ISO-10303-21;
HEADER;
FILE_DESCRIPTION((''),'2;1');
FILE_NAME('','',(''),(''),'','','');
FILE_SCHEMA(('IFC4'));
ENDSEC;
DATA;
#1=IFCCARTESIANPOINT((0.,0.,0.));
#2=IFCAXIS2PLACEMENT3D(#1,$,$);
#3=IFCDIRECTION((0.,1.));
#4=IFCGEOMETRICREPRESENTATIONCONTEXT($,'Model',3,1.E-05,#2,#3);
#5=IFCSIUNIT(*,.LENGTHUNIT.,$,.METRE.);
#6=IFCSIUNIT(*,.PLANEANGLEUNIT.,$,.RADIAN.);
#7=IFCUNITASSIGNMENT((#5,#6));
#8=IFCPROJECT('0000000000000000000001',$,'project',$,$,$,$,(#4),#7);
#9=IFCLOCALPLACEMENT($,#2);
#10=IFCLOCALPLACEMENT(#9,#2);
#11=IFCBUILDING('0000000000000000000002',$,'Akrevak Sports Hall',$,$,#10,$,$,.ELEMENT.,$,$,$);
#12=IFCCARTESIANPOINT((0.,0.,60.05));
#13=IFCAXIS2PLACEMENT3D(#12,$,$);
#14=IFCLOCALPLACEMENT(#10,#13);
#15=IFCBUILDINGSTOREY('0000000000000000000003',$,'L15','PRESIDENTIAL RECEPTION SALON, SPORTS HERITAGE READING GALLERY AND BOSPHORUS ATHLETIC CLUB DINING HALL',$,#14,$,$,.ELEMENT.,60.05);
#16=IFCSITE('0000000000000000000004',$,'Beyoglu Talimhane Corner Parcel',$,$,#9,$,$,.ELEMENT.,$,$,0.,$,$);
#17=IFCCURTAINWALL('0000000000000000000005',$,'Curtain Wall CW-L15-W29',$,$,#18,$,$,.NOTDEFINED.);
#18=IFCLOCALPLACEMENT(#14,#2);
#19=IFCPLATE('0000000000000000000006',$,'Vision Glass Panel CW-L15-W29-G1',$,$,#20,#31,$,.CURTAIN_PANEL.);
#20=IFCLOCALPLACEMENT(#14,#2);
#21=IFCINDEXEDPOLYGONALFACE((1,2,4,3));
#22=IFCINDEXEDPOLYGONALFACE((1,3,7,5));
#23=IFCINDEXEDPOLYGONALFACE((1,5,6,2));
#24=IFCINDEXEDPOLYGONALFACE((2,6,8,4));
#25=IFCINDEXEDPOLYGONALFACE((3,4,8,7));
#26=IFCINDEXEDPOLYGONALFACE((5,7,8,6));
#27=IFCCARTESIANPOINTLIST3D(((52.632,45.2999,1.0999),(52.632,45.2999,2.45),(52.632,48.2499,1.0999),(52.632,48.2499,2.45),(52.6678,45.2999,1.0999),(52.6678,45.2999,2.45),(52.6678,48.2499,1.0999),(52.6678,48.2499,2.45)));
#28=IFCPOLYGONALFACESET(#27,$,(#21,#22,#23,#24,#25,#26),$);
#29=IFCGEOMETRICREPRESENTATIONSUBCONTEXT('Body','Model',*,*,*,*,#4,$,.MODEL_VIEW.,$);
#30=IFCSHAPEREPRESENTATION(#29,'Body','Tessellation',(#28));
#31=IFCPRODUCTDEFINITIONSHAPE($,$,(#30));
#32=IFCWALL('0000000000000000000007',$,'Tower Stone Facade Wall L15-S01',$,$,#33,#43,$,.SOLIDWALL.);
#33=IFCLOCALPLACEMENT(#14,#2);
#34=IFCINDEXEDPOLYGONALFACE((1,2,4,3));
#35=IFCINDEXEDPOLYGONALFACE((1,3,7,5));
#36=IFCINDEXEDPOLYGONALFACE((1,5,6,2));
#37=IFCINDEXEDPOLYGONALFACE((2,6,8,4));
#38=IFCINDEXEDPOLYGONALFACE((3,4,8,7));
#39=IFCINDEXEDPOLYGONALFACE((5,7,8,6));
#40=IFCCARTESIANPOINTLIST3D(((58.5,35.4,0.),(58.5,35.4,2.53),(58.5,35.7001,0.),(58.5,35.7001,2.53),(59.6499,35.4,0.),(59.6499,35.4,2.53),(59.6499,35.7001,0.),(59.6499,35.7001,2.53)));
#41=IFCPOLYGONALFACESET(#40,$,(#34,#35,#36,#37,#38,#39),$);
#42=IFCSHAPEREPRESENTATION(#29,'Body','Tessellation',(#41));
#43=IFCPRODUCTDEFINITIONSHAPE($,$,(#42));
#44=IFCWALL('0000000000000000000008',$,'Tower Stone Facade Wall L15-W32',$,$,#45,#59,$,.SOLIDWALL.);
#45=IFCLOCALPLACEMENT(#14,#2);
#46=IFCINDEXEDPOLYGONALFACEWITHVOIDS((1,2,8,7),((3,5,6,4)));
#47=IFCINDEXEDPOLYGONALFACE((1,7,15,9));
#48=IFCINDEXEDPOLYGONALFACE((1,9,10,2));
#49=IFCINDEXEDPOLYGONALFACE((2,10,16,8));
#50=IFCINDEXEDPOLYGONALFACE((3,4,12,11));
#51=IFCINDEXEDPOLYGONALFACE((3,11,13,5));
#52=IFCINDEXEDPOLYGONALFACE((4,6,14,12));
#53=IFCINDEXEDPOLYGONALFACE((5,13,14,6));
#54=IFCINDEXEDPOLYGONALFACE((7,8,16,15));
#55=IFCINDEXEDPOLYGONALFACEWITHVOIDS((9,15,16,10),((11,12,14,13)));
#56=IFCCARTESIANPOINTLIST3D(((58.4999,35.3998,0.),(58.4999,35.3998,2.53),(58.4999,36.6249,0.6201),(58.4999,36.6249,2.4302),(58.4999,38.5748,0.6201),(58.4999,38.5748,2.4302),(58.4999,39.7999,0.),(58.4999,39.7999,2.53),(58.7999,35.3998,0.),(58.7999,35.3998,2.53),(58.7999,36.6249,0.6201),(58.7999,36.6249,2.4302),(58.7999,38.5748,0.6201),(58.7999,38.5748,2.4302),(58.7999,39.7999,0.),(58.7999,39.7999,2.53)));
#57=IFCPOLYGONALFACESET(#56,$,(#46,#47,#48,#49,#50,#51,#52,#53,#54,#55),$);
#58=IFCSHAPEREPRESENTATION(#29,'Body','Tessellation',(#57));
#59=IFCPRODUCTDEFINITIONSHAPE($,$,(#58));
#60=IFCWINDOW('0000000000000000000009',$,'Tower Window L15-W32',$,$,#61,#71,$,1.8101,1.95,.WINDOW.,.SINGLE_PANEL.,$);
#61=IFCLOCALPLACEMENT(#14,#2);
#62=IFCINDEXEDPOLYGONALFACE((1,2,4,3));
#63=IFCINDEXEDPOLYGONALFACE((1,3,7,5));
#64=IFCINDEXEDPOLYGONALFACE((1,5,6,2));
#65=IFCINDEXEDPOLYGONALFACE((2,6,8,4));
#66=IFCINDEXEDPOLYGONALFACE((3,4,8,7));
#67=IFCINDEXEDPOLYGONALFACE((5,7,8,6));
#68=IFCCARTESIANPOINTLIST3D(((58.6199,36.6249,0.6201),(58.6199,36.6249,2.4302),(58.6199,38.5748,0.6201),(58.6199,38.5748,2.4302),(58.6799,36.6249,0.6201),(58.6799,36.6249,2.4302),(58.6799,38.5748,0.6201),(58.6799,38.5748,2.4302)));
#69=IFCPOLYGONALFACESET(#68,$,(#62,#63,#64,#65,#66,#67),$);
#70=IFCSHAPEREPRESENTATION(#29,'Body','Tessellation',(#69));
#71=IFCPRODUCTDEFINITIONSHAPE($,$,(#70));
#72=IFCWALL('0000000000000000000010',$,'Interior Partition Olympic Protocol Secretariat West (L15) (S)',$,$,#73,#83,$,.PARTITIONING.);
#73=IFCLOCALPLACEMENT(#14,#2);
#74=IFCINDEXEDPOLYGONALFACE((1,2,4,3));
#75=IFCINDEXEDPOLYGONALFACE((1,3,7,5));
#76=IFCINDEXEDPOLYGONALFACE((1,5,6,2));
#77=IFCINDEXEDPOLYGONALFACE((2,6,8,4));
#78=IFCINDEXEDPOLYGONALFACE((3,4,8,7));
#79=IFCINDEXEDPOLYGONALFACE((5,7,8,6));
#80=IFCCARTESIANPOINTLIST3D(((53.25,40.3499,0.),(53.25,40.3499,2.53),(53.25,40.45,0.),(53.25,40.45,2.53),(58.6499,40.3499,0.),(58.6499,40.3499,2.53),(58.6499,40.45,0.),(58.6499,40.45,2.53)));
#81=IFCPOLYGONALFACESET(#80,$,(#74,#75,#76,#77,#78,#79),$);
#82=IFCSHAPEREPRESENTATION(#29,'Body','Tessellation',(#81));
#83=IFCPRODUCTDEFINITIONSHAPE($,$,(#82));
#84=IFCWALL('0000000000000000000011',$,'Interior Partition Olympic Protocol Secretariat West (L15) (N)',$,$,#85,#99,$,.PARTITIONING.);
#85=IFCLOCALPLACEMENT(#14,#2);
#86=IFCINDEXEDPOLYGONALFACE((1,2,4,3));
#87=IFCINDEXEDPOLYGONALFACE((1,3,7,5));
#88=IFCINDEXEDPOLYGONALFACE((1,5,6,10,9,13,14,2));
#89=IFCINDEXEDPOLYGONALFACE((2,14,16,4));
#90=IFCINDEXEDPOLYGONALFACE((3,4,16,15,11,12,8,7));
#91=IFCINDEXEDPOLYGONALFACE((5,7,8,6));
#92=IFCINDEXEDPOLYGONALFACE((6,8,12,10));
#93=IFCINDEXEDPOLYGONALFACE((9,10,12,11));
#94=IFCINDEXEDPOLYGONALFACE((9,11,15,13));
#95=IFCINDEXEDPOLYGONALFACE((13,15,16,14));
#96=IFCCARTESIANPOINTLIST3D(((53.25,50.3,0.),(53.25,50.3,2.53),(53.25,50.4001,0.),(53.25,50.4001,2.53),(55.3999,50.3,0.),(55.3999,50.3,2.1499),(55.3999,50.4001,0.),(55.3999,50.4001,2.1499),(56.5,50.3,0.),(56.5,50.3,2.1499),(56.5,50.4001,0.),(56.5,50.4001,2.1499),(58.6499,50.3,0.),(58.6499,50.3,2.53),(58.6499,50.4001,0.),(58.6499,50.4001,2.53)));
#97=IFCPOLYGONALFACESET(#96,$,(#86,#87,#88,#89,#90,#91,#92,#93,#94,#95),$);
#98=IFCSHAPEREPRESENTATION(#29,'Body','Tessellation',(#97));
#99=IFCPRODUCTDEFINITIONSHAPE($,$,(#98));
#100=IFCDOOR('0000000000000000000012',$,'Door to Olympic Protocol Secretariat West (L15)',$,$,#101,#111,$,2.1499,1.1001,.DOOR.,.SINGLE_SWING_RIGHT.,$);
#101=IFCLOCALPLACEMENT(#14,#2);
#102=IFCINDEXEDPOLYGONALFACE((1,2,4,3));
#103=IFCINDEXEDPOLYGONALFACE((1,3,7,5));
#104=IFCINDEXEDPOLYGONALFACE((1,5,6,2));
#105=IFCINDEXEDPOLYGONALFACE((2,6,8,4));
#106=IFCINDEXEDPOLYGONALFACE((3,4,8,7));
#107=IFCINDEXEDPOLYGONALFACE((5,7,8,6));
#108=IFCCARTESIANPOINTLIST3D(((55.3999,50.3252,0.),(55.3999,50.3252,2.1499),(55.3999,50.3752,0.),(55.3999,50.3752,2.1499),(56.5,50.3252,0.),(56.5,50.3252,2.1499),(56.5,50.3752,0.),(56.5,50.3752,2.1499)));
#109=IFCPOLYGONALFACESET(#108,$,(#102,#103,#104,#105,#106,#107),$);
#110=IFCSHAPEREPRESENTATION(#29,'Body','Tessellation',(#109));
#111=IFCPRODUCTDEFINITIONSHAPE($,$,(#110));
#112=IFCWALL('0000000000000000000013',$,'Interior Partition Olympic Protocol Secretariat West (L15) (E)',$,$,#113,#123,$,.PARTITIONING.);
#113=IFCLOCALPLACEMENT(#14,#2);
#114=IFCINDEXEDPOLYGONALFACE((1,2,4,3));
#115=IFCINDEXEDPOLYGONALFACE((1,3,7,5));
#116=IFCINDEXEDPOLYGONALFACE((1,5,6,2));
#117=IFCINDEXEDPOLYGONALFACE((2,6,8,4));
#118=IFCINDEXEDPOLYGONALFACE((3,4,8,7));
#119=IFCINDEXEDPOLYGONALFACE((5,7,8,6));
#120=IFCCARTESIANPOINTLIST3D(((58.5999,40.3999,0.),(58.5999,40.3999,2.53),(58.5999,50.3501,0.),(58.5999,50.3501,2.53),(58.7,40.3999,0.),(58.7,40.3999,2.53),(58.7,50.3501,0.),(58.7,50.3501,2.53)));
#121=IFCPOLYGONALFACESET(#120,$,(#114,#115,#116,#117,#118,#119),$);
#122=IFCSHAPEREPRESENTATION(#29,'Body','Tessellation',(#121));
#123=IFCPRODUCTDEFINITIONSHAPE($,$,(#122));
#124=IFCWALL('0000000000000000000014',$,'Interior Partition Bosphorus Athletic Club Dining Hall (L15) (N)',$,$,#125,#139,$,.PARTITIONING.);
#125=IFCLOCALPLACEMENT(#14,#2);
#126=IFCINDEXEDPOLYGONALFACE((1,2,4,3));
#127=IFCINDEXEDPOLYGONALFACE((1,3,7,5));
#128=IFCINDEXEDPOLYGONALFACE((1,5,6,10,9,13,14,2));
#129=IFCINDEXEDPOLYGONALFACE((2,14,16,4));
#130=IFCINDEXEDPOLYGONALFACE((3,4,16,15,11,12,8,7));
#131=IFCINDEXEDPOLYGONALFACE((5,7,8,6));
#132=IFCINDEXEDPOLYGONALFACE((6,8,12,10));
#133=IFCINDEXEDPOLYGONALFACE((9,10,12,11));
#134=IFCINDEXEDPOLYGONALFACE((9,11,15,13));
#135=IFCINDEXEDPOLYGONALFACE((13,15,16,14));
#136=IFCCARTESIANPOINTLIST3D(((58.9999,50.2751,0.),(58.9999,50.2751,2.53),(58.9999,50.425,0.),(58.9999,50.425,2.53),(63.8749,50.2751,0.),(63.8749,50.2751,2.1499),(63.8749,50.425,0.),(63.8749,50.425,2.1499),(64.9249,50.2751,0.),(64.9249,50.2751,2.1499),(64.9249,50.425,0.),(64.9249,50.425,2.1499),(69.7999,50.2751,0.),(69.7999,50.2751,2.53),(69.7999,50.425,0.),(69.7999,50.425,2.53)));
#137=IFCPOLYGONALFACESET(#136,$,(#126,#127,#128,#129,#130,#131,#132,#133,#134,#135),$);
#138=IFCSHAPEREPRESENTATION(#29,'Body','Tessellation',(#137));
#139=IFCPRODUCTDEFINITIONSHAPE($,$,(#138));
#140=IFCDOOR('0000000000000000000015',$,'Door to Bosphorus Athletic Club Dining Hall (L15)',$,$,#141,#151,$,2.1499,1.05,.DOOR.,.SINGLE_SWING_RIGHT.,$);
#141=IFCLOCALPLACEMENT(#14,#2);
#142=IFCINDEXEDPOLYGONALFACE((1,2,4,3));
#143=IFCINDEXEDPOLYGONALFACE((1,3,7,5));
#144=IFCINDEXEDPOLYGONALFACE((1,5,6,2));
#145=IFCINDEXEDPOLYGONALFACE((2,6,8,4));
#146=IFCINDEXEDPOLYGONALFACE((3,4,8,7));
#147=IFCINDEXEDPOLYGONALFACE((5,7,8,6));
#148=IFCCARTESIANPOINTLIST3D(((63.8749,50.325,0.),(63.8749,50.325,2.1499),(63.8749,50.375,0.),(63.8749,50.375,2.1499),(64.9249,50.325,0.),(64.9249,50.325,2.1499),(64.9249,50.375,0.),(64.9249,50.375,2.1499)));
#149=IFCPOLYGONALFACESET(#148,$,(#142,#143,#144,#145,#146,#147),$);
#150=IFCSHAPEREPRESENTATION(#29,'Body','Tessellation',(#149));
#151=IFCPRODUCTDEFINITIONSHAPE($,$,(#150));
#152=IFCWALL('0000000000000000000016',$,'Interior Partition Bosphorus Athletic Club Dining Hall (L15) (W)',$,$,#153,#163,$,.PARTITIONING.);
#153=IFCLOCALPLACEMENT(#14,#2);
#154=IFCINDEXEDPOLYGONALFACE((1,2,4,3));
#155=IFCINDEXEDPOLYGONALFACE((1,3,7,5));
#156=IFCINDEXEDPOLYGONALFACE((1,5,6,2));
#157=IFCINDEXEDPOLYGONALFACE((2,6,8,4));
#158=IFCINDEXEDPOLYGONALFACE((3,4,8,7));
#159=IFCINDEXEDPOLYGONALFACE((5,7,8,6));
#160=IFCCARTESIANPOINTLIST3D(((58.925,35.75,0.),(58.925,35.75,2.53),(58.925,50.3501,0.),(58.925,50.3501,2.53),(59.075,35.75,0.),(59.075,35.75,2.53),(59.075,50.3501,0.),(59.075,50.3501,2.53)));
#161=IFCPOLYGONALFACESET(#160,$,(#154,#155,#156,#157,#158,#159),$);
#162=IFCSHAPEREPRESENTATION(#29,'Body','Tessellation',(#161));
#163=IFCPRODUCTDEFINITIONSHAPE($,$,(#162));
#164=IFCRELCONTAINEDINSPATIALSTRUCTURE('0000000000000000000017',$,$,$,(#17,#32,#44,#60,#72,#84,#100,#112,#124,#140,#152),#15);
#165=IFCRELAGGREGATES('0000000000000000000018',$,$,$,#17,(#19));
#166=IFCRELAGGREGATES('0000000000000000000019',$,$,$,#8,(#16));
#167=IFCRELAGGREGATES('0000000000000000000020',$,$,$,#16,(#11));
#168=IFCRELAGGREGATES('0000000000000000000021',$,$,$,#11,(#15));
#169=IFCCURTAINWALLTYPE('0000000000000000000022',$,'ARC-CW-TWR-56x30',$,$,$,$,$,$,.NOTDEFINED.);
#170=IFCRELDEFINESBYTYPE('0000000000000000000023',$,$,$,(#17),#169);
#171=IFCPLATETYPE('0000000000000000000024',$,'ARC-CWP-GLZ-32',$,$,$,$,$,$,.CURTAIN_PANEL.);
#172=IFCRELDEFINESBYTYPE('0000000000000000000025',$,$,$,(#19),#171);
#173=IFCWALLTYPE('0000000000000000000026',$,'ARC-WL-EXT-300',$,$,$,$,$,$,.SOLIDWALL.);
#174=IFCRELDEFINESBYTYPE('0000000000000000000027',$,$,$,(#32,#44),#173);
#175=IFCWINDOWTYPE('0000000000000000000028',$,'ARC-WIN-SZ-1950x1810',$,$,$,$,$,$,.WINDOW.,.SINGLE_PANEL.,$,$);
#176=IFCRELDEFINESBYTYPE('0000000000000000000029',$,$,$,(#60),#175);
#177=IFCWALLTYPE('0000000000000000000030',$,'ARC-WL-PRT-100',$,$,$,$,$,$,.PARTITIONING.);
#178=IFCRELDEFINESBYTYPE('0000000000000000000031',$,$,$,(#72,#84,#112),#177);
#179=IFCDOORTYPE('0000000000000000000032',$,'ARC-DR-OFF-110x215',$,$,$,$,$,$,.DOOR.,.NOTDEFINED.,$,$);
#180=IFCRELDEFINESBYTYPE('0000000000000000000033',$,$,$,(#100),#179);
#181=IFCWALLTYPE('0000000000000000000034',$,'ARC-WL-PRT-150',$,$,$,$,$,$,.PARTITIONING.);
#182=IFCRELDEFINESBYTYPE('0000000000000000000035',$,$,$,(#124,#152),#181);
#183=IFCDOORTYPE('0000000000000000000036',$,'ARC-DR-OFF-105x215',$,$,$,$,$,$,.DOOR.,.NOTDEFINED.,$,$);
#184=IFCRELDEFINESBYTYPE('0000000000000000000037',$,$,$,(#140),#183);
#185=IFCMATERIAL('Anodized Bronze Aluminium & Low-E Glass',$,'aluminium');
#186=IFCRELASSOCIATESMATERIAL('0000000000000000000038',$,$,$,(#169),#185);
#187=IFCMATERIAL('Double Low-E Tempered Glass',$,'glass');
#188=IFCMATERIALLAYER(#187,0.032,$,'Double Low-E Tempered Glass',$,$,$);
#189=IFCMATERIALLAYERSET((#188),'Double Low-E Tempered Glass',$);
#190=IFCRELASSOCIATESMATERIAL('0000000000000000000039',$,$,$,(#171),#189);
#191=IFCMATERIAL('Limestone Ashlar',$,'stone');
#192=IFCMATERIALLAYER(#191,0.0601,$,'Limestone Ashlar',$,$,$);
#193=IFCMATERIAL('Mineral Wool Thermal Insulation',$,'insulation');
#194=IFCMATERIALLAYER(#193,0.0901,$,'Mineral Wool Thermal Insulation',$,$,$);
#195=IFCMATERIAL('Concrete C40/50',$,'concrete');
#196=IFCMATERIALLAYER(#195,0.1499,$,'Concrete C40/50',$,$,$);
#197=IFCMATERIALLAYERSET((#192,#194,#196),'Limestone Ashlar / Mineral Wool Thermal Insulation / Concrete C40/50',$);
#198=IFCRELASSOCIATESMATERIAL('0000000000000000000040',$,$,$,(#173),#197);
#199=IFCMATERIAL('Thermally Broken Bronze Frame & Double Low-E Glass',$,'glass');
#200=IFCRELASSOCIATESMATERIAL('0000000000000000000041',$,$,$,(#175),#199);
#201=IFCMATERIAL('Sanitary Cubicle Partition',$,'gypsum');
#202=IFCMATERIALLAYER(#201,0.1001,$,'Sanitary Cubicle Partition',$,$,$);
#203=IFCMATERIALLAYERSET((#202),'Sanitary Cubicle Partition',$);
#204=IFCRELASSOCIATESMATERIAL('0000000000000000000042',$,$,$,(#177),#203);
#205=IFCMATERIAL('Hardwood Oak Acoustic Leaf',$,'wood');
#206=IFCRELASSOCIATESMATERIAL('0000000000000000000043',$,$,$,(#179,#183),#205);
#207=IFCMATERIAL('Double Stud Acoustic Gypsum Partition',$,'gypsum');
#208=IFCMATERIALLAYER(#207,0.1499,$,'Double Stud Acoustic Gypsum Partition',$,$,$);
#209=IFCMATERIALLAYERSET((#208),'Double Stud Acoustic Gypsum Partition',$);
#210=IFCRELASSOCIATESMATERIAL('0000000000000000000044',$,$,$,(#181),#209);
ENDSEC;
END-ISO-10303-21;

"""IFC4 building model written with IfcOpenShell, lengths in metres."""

from ifc_helpers import new_model, si_unit, direction, frame, frame_2d, origin, origin_2d, place, context, subcontext, project, spatial, rectangle, extrude, material, layer, layer_set, type_object, element, fill, aggregate, save


model = new_model("IFC4")

# Units and contexts
model_context = context("Model", 3, precision=1e-05, world=origin(), true_north=direction((0.0, 1.0)))
body_context = subcontext(model_context, "Body", "Model", "MODEL_VIEW")
ifc_project = project(units=[si_unit("LENGTHUNIT", "METRE"), si_unit("PLANEANGLEUNIT", "RADIAN")], contexts=[model_context])

# Site, building, storey
site_placement = place(None, origin())
site = spatial("IfcSite", under=ifc_project, at=site_placement, Name="Beyoglu Talimhane Corner Parcel", CompositionType="ELEMENT", RefElevation=0.0)
building_placement = place(site_placement, origin())
building = spatial("IfcBuilding", under=site, at=building_placement, Name="Akrevak Sports Hall", CompositionType="ELEMENT")
storey_placement = place(building_placement, frame((0.0, 0.0, 60.05)))
storey = spatial("IfcBuildingStorey", under=building, at=storey_placement, Name="L15", Description="PRESIDENTIAL RECEPTION SALON, SPORTS HERITAGE READING GALLERY AND BOSPHORUS ATHLETIC CLUB DINING HALL", CompositionType="ELEMENT", Elevation=60.05)

# Shared definitions
ifc_material_1 = material(Name="Concrete C40/50", Category="concrete")

# Curtain wall
ifc_material_2 = material(Name="Anodized Bronze Aluminium & Low-E Glass", Category="aluminium")
curtain_wall_type = type_object("IfcCurtainWallType", Name="ARC-CW-TWR-56x30", PredefinedType="NOTDEFINED", material=ifc_material_2)
curtain_wall_1_placement = place(storey_placement, origin())
curtain_wall_1 = element("IfcCurtainWall", 1, at=curtain_wall_1_placement, inside=storey, type_object=curtain_wall_type, Name="Curtain Wall CW-L15-W29", PredefinedType="NOTDEFINED")

# Plate
ifc_material_3 = material(Name="Double Low-E Tempered Glass", Category="glass")
ifc_layer_1 = layer(ifc_material_3, 0.032, Name="Double Low-E Tempered Glass")
ifc_layer_set_1 = layer_set([ifc_layer_1], Name="Double Low-E Tempered Glass")
plate_type = type_object("IfcPlateType", Name="ARC-CWP-GLZ-32", PredefinedType="CURTAIN_PANEL", material=ifc_layer_set_1)
plate_1_placement = place(storey_placement, frame((52.6499, 46.7749, 1.0999), z_axis=(0.0, 0.0, 1.0), x_axis=(0.0, -1.0, 0.0)))
plate_1 = element("IfcPlate", 2, at=plate_1_placement, type_object=plate_type, Name="Vision Glass Panel CW-L15-W29-G1", PredefinedType="CURTAIN_PANEL", context=body_context, shape_type="SweptSolid", body=[
    extrude(rectangle(XDim=2.95, YDim=0.0359, at=origin_2d()), origin(), (0.0, 0.0, 1.0), 1.3501),
])
aggregate(curtain_wall_1, [plate_1])

# Wall
ifc_material_4 = material(Name="Limestone Ashlar", Category="stone")
ifc_layer_2 = layer(ifc_material_4, 0.0601, Name="Limestone Ashlar")
ifc_material_5 = material(Name="Mineral Wool Thermal Insulation", Category="insulation")
ifc_layer_3 = layer(ifc_material_5, 0.0901, Name="Mineral Wool Thermal Insulation")
ifc_layer_4 = layer(ifc_material_1, 0.1499, Name="Concrete C40/50")
ifc_layer_set_2 = layer_set([ifc_layer_2, ifc_layer_3, ifc_layer_4], Name="Limestone Ashlar / Mineral Wool Thermal Insulation / Concrete C40/50")
wall_type_1 = type_object("IfcWallType", Name="ARC-WL-EXT-300", PredefinedType="SOLIDWALL", material=ifc_layer_set_2)
wall_1_placement = place(storey_placement, frame((58.5, 35.55, 0.0), z_axis=(0.0, 0.0, 1.0), x_axis=(1.0, 0.0, 0.0)))
element("IfcWall", 3, at=wall_1_placement, inside=storey, type_object=wall_type_1, Name="Tower Stone Facade Wall L15-S01", PredefinedType="SOLIDWALL", context=body_context, shape_type="SweptSolid", body=[
    extrude(rectangle(XDim=1.1499, YDim=0.3, at=frame_2d((0.575, 0.0))), origin(), (0.0, 0.0, 1.0), 2.53),
])

# Wall, opening, window
wall_2_placement = place(storey_placement, frame((58.6499, 39.8, 0.0), z_axis=(0.0, 0.0, 1.0), x_axis=(0.0, -1.0, 0.0)))
wall_2 = element("IfcWall", 4, at=wall_2_placement, inside=storey, type_object=wall_type_1, Name="Tower Stone Facade Wall L15-W32", PredefinedType="SOLIDWALL", context=body_context, shape_type="SweptSolid", body=[
    extrude(rectangle(XDim=4.4001, YDim=0.3, at=frame_2d((2.2002, 0.0))), origin(), (0.0, 0.0, 1.0), 2.53),
])
opening_1_placement = place(wall_2_placement, frame((1.2251, 0.0, 0.6201)))
opening_1 = element("IfcOpeningElement", 5, at=opening_1_placement, cuts=wall_2, PredefinedType="OPENING", context=body_context, shape_type="SweptSolid", body=[
    extrude(rectangle(XDim=1.95, YDim=1.8101, at=frame_2d((0.9751, 0.905))), frame((0.0, 0.1621, 0.0), z_axis=(0.0, -1.0, 0.0), x_axis=(1.0, 0.0, 0.0)), (0.0, 0.0, 1.0), 0.324),
])
ifc_material_6 = material(Name="Thermally Broken Bronze Frame & Double Low-E Glass", Category="glass")
window_type = type_object("IfcWindowType", Name="ARC-WIN-SZ-1950x1810", PartitioningType="SINGLE_PANEL", PredefinedType="WINDOW", material=ifc_material_6)
window_placement = place(opening_1_placement, origin())
window = element("IfcWindow", 6, at=window_placement, inside=storey, type_object=window_type, Name="Tower Window L15-W32", OverallHeight=1.8101, OverallWidth=1.95, PartitioningType="SINGLE_PANEL", PredefinedType="WINDOW", context=body_context, shape_type="SweptSolid", body=[
    extrude(rectangle(XDim=1.95, YDim=1.8101, at=frame_2d((0.9751, 0.905))), frame((0.0, 0.03, 0.0), z_axis=(0.0, -1.0, 0.0), x_axis=(1.0, 0.0, 0.0)), (0.0, 0.0, 1.0), 0.0601),
])
fill(opening_1, window)

# Wall
ifc_material_7 = material(Name="Sanitary Cubicle Partition", Category="gypsum")
ifc_layer_5 = layer(ifc_material_7, 0.1001, Name="Sanitary Cubicle Partition")
ifc_layer_set_3 = layer_set([ifc_layer_5], Name="Sanitary Cubicle Partition")
wall_type_2 = type_object("IfcWallType", Name="ARC-WL-PRT-100", PredefinedType="PARTITIONING", material=ifc_layer_set_3)
wall_3_placement = place(storey_placement, frame((53.25, 40.3999, 0.0), z_axis=(0.0, 0.0, 1.0), x_axis=(1.0, 0.0, 0.0)))
element("IfcWall", 7, at=wall_3_placement, inside=storey, type_object=wall_type_2, Name="Interior Partition Olympic Protocol Secretariat West (L15) (S)", PredefinedType="PARTITIONING", context=body_context, shape_type="SweptSolid", body=[
    extrude(rectangle(XDim=5.3999, YDim=0.1001, at=frame_2d((2.7, 0.0))), origin(), (0.0, 0.0, 1.0), 2.53),
])

# Wall, opening, door
wall_4_placement = place(storey_placement, frame((53.25, 50.3501, 0.0), z_axis=(0.0, 0.0, 1.0), x_axis=(1.0, 0.0, 0.0)))
wall_4 = element("IfcWall", 8, at=wall_4_placement, inside=storey, type_object=wall_type_2, Name="Interior Partition Olympic Protocol Secretariat West (L15) (N)", PredefinedType="PARTITIONING", context=body_context, shape_type="SweptSolid", body=[
    extrude(rectangle(XDim=5.3999, YDim=0.1001, at=frame_2d((2.7, 0.0))), origin(), (0.0, 0.0, 1.0), 2.53),
])
opening_2_placement = place(wall_4_placement, frame((2.1499, 0.0, 0.0)))
opening_2 = element("IfcOpeningElement", 9, at=opening_2_placement, cuts=wall_4, PredefinedType="OPENING", context=body_context, shape_type="SweptSolid", body=[
    extrude(rectangle(XDim=1.1001, YDim=2.1499, at=frame_2d((0.55, 1.075))), frame((0.0, 0.062, 0.0), z_axis=(0.0, -1.0, 0.0), x_axis=(1.0, 0.0, 0.0)), (0.0, 0.0, 1.0), 0.124),
])
ifc_material_8 = material(Name="Hardwood Oak Acoustic Leaf", Category="wood")
door_type_1 = type_object("IfcDoorType", Name="ARC-DR-OFF-110x215", OperationType="NOTDEFINED", PredefinedType="DOOR", material=ifc_material_8)
door_1_placement = place(opening_2_placement, frame((1.1001, 0.0, 0.0), z_axis=(0.0, 0.0, 1.0), x_axis=(-1.0, 0.0, 0.0)))
door_1 = element("IfcDoor", 10, at=door_1_placement, inside=storey, type_object=door_type_1, Name="Door to Olympic Protocol Secretariat West (L15)", OperationType="SINGLE_SWING_RIGHT", OverallHeight=2.1499, OverallWidth=1.1001, PredefinedType="DOOR", context=body_context, shape_type="SweptSolid", body=[
    extrude(rectangle(XDim=1.1001, YDim=2.1499, at=frame_2d((0.55, 1.075))), frame((0.0, 0.0249, 0.0), z_axis=(0.0, -1.0, 0.0), x_axis=(1.0, 0.0, 0.0)), (0.0, 0.0, 1.0), 0.05),
])
fill(opening_2, door_1)

# Wall
wall_5_placement = place(storey_placement, frame((58.6499, 40.3999, 0.0), z_axis=(0.0, 0.0, 1.0), x_axis=(0.0, 1.0, 0.0)))
element("IfcWall", 11, at=wall_5_placement, inside=storey, type_object=wall_type_2, Name="Interior Partition Olympic Protocol Secretariat West (L15) (E)", PredefinedType="PARTITIONING", context=body_context, shape_type="SweptSolid", body=[
    extrude(rectangle(XDim=9.9502, YDim=0.1001, at=frame_2d((4.9751, 0.0))), origin(), (0.0, 0.0, 1.0), 2.53),
])

# Wall, opening, door
ifc_material_9 = material(Name="Double Stud Acoustic Gypsum Partition", Category="gypsum")
ifc_layer_6 = layer(ifc_material_9, 0.1499, Name="Double Stud Acoustic Gypsum Partition")
ifc_layer_set_4 = layer_set([ifc_layer_6], Name="Double Stud Acoustic Gypsum Partition")
wall_type_3 = type_object("IfcWallType", Name="ARC-WL-PRT-150", PredefinedType="PARTITIONING", material=ifc_layer_set_4)
wall_6_placement = place(storey_placement, frame((59.0, 50.3501, 0.0), z_axis=(0.0, 0.0, 1.0), x_axis=(1.0, 0.0, 0.0)))
wall_6 = element("IfcWall", 12, at=wall_6_placement, inside=storey, type_object=wall_type_3, Name="Interior Partition Bosphorus Athletic Club Dining Hall (L15) (N)", PredefinedType="PARTITIONING", context=body_context, shape_type="SweptSolid", body=[
    extrude(rectangle(XDim=10.8, YDim=0.1499, at=frame_2d((5.3999, 0.0))), origin(), (0.0, 0.0, 1.0), 2.53),
])
opening_3_placement = place(wall_6_placement, frame((4.875, 0.0, 0.0)))
opening_3 = element("IfcOpeningElement", 13, at=opening_3_placement, cuts=wall_6, PredefinedType="OPENING", context=body_context, shape_type="SweptSolid", body=[
    extrude(rectangle(XDim=1.05, YDim=2.1499, at=frame_2d((0.5249, 1.075))), frame((0.0, 0.0869, 0.0), z_axis=(0.0, -1.0, 0.0), x_axis=(1.0, 0.0, 0.0)), (0.0, 0.0, 1.0), 0.1738),
])
door_type_2 = type_object("IfcDoorType", Name="ARC-DR-OFF-105x215", OperationType="NOTDEFINED", PredefinedType="DOOR", material=ifc_material_8)
door_2_placement = place(opening_3_placement, origin())
door_2 = element("IfcDoor", 14, at=door_2_placement, inside=storey, type_object=door_type_2, Name="Door to Bosphorus Athletic Club Dining Hall (L15)", OperationType="SINGLE_SWING_RIGHT", OverallHeight=2.1499, OverallWidth=1.05, PredefinedType="DOOR", context=body_context, shape_type="SweptSolid", body=[
    extrude(rectangle(XDim=1.05, YDim=2.1499, at=frame_2d((0.5249, 1.075))), frame((0.0, 0.0249, 0.0), z_axis=(0.0, -1.0, 0.0), x_axis=(1.0, 0.0, 0.0)), (0.0, 0.0, 1.0), 0.05),
])
fill(opening_3, door_2)

# Wall
wall_7_placement = place(storey_placement, frame((59.0, 35.75, 0.0), z_axis=(0.0, 0.0, 1.0), x_axis=(0.0, 1.0, 0.0)))
element("IfcWall", 15, at=wall_7_placement, inside=storey, type_object=wall_type_3, Name="Interior Partition Bosphorus Athletic Club Dining Hall (L15) (W)", PredefinedType="PARTITIONING", context=body_context, shape_type="SweptSolid", body=[
    extrude(rectangle(XDim=14.6001, YDim=0.1499, at=frame_2d((7.3, 0.0))), origin(), (0.0, 0.0, 1.0), 2.53),
])

save(model, "model.ifc")
